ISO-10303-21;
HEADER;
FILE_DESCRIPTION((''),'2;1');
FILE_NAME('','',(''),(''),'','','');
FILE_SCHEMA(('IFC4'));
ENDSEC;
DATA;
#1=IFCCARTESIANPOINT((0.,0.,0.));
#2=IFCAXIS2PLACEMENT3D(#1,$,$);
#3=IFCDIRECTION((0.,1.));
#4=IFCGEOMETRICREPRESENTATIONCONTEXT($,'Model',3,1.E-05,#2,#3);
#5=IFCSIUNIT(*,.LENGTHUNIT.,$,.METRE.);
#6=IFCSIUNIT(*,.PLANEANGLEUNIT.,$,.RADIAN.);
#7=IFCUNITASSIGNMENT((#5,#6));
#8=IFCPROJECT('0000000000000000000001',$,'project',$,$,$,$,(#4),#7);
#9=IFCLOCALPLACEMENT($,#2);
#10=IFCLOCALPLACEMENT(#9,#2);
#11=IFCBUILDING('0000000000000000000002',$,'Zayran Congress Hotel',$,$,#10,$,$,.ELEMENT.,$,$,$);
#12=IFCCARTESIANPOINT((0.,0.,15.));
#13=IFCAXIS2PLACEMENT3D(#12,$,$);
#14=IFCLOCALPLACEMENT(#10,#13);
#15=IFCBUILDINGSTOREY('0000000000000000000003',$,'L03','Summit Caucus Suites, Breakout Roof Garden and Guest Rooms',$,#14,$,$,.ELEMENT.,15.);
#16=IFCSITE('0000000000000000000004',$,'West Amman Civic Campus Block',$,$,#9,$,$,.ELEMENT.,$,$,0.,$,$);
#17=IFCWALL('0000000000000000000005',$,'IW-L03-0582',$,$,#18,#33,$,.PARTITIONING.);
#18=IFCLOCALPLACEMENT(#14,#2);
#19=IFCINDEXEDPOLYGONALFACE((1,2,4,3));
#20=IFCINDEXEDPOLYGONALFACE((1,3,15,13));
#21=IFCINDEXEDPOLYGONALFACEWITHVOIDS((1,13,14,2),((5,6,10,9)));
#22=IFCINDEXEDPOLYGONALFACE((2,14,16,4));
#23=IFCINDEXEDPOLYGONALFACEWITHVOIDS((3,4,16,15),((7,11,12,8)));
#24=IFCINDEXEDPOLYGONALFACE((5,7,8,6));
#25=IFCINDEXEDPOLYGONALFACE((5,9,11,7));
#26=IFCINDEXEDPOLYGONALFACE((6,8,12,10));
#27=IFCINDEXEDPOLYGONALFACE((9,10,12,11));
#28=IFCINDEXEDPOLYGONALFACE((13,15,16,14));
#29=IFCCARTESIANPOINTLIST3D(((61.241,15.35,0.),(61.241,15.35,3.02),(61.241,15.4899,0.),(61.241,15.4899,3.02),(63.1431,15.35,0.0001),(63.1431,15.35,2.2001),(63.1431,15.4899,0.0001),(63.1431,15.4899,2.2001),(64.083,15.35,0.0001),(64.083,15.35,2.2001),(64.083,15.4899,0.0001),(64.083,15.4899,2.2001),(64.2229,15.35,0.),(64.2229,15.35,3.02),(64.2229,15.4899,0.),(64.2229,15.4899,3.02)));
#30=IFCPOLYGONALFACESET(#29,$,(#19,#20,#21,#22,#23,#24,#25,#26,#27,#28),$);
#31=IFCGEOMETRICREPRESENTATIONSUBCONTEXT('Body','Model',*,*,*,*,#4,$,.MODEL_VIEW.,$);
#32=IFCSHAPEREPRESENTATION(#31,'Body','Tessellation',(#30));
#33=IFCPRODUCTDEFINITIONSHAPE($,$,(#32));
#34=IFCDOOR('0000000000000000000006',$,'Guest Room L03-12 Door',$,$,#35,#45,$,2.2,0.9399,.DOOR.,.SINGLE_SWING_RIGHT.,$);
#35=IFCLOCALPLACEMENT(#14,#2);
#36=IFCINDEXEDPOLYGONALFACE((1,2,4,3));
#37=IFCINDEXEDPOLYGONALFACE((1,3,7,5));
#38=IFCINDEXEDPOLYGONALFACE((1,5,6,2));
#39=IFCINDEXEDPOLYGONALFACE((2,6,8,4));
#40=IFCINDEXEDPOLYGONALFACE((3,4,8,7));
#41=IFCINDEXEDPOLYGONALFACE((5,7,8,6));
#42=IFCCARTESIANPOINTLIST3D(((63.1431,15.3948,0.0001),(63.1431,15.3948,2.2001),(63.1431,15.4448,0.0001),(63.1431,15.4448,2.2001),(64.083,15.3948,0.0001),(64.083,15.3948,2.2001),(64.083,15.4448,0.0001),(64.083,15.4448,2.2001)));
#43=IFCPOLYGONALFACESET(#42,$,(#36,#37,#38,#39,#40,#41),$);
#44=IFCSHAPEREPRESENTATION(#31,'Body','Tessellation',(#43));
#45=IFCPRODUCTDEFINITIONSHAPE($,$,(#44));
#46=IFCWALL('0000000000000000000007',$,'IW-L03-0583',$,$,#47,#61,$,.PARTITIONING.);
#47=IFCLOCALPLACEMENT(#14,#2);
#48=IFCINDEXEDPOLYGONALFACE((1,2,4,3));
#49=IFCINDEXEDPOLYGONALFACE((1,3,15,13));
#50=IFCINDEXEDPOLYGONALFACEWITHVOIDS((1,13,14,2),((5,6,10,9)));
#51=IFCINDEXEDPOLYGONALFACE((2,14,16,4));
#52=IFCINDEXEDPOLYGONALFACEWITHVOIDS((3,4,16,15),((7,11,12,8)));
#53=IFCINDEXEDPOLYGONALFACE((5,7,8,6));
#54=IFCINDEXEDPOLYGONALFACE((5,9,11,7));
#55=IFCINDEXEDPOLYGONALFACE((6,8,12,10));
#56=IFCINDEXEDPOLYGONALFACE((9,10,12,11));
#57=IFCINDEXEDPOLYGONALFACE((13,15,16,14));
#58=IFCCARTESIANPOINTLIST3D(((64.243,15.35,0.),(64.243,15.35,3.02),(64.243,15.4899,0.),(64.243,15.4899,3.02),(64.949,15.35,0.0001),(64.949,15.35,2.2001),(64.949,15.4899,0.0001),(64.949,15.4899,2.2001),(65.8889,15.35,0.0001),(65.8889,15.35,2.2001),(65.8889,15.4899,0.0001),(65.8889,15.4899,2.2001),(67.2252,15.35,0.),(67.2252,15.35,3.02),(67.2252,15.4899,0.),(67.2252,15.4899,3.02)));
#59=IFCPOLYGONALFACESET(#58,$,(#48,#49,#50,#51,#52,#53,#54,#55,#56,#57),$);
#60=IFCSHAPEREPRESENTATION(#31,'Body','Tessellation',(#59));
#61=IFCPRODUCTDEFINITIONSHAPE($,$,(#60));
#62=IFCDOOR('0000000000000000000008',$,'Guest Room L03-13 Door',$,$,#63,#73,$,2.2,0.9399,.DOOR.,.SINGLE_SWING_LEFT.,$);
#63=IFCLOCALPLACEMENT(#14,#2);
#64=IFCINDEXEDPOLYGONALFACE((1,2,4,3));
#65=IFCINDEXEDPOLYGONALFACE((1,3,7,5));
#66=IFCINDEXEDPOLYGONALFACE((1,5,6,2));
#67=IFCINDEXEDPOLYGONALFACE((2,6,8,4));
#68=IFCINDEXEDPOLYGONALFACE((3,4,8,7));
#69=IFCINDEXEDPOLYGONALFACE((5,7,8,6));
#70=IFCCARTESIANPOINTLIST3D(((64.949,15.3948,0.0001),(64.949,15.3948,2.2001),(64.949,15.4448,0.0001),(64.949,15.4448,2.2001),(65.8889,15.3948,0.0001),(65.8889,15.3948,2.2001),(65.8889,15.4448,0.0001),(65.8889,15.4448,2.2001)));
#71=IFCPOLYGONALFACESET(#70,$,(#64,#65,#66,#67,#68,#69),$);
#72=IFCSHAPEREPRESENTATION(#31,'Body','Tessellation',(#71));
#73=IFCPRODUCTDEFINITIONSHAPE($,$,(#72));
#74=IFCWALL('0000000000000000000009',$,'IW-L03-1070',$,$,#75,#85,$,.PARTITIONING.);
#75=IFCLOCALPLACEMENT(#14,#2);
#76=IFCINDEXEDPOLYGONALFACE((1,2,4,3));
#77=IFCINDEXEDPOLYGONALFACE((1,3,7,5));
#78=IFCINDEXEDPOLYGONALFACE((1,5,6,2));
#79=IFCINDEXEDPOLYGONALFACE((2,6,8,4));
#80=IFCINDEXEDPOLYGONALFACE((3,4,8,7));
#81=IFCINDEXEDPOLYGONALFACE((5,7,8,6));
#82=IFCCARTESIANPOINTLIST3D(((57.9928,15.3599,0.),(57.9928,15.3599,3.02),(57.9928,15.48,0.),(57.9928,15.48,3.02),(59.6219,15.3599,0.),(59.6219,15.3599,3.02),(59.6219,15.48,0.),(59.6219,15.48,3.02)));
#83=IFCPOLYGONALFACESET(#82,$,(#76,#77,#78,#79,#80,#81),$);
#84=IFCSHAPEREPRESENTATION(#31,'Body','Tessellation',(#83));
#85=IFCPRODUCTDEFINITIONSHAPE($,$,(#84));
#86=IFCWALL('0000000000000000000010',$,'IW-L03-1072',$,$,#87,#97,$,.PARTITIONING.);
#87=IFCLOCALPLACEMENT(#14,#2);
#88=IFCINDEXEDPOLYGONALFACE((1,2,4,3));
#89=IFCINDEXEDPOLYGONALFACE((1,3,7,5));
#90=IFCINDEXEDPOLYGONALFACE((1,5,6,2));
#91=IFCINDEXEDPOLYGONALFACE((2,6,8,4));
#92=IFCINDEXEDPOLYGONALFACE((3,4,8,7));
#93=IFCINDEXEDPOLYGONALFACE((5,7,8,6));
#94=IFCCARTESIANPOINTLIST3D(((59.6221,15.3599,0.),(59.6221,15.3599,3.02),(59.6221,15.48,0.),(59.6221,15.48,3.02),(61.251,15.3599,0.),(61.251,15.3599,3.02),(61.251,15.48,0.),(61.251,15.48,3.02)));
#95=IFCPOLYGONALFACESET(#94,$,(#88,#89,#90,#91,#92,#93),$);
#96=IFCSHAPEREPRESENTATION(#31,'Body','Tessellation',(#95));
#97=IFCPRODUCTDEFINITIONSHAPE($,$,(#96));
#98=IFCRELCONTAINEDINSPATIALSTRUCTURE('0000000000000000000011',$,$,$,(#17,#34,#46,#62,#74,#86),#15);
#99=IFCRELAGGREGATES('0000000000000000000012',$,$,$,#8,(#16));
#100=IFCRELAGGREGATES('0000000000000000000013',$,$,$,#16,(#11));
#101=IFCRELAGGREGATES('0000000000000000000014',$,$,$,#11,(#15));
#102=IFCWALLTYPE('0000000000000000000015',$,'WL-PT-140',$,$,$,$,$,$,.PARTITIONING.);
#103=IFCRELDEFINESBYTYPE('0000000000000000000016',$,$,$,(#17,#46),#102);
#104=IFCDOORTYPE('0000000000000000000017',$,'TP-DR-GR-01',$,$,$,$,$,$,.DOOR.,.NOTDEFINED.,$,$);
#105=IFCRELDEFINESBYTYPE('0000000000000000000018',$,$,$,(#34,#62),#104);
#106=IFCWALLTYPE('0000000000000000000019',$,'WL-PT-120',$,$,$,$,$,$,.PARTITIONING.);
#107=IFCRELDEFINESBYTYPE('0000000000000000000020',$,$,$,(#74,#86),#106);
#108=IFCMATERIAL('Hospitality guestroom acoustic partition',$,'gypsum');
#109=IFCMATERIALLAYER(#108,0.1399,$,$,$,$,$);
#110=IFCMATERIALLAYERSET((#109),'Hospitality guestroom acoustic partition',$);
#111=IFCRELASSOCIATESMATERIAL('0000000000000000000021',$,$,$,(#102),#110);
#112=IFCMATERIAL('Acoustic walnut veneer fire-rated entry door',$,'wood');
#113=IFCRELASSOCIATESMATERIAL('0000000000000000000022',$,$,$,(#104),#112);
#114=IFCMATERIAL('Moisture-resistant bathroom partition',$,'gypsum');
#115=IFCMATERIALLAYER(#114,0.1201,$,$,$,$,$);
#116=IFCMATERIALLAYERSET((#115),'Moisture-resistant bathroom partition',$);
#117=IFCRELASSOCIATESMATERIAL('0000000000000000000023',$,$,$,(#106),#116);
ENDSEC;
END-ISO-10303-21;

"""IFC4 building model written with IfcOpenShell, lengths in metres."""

from ifc_helpers import new_model, si_unit, direction, frame, frame_2d, origin, place, context, subcontext, project, spatial, rectangle, extrude, material, layer, layer_set, type_object, element, fill, save


model = new_model("IFC4")

# Units and contexts
model_context = context("Model", 3, precision=1e-05, world=origin(), true_north=direction((0.0, 1.0)))
body_context = subcontext(model_context, "Body", "Model", "MODEL_VIEW")
ifc_project = project(units=[si_unit("LENGTHUNIT", "METRE"), si_unit("PLANEANGLEUNIT", "RADIAN")], contexts=[model_context])

# Site, building, storey
site_placement = place(None, origin())
site = spatial("IfcSite", under=ifc_project, at=site_placement, Name="West Amman Civic Campus Block", CompositionType="ELEMENT", RefElevation=0.0)
building_placement = place(site_placement, origin())
building = spatial("IfcBuilding", under=site, at=building_placement, Name="Zayran Congress Hotel", CompositionType="ELEMENT")
storey_placement = place(building_placement, frame((0.0, 0.0, 15.0)))
storey = spatial("IfcBuildingStorey", under=building, at=storey_placement, Name="L03", Description="Summit Caucus Suites, Breakout Roof Garden and Guest Rooms", CompositionType="ELEMENT", Elevation=15.0)

# Shared definitions
ifc_material_1 = material(Name="Hospitality guestroom acoustic partition", Category="gypsum")
ifc_layer_1 = layer(ifc_material_1, 0.1399)
ifc_layer_set_1 = layer_set([ifc_layer_1], Name="Hospitality guestroom acoustic partition")
wall_type_1 = type_object("IfcWallType", Name="WL-PT-140", PredefinedType="PARTITIONING", material=ifc_layer_set_1)

# Walls, openings, doors
wall_1_placement = place(storey_placement, frame((61.241, 15.4199, 0.0), z_axis=(0.0, 0.0, 1.0), x_axis=(1.0, 0.0, 0.0)))
wall_1 = element("IfcWall", 1, at=wall_1_placement, inside=storey, type_object=wall_type_1, Name="IW-L03-0582", PredefinedType="PARTITIONING", context=body_context, shape_type="SweptSolid", body=[
    extrude(rectangle(XDim=2.9819, YDim=0.1399, at=frame_2d((1.491, 0.0))), origin(), (0.0, 0.0, 1.0), 3.02),
])
opening_1_placement = place(wall_1_placement, frame((1.9021, 0.0, 0.0)))
opening_1 = element("IfcOpeningElement", 2, at=opening_1_placement, cuts=wall_1, PredefinedType="OPENING", context=body_context, shape_type="SweptSolid", body=[
    extrude(rectangle(XDim=0.9399, YDim=2.2, at=frame_2d((0.47, 1.1001))), frame((0.0, 0.0798, 0.0), z_axis=(0.0, -1.0, 0.0), x_axis=(1.0, 0.0, 0.0)), (0.0, 0.0, 1.0), 0.1599),
])
ifc_material_2 = material(Name="Acoustic walnut veneer fire-rated entry door", Category="wood")
door_type_1 = type_object("IfcDoorType", Name="TP-DR-GR-01", OperationType="NOTDEFINED", PredefinedType="DOOR", material=ifc_material_2)
door_1_placement = place(opening_1_placement, origin())
door_1 = element("IfcDoor", 3, at=door_1_placement, inside=storey, type_object=door_type_1, Name="Guest Room L03-12 Door", OperationType="SINGLE_SWING_RIGHT", OverallHeight=2.2, OverallWidth=0.9399, PredefinedType="DOOR", context=body_context, shape_type="SweptSolid", body=[
    extrude(rectangle(XDim=0.9399, YDim=2.2, at=frame_2d((0.47, 1.1001))), frame((0.0, 0.0249, 0.0), z_axis=(0.0, -1.0, 0.0), x_axis=(1.0, 0.0, 0.0)), (0.0, 0.0, 1.0), 0.05),
])
fill(opening_1, door_1)
wall_2_placement = place(storey_placement, frame((64.2429, 15.4199, 0.0), z_axis=(0.0, 0.0, 1.0), x_axis=(1.0, 0.0, 0.0)))
wall_2 = element("IfcWall", 4, at=wall_2_placement, inside=storey, type_object=wall_type_1, Name="IW-L03-0583", PredefinedType="PARTITIONING", context=body_context, shape_type="SweptSolid", body=[
    extrude(rectangle(XDim=2.9822, YDim=0.1399, at=frame_2d((1.4912, 0.0))), origin(), (0.0, 0.0, 1.0), 3.02),
])
opening_2_placement = place(wall_2_placement, frame((0.7061, 0.0, 0.0)))
opening_2 = element("IfcOpeningElement", 5, at=opening_2_placement, cuts=wall_2, PredefinedType="OPENING", context=body_context, shape_type="SweptSolid", body=[
    extrude(rectangle(XDim=0.9399, YDim=2.2, at=frame_2d((0.47, 1.1001))), frame((0.0, 0.0798, 0.0), z_axis=(0.0, -1.0, 0.0), x_axis=(1.0, 0.0, 0.0)), (0.0, 0.0, 1.0), 0.1599),
])
door_2_placement = place(opening_2_placement, origin())
door_2 = element("IfcDoor", 6, at=door_2_placement, inside=storey, type_object=door_type_1, Name="Guest Room L03-13 Door", OperationType="SINGLE_SWING_LEFT", OverallHeight=2.2, OverallWidth=0.9399, PredefinedType="DOOR", context=body_context, shape_type="SweptSolid", body=[
    extrude(rectangle(XDim=0.9399, YDim=2.2, at=frame_2d((0.47, 1.1001))), frame((0.0, 0.0249, 0.0), z_axis=(0.0, -1.0, 0.0), x_axis=(1.0, 0.0, 0.0)), (0.0, 0.0, 1.0), 0.05),
])
fill(opening_2, door_2)

# Walls
ifc_material_3 = material(Name="Moisture-resistant bathroom partition", Category="gypsum")
ifc_layer_2 = layer(ifc_material_3, 0.1201)
ifc_layer_set_2 = layer_set([ifc_layer_2], Name="Moisture-resistant bathroom partition")
wall_type_2 = type_object("IfcWallType", Name="WL-PT-120", PredefinedType="PARTITIONING", material=ifc_layer_set_2)
wall_3_placement = place(storey_placement, frame((57.9929, 15.4199, 0.0), z_axis=(0.0, 0.0, 1.0), x_axis=(1.0, 0.0, 0.0)))
element("IfcWall", 7, at=wall_3_placement, inside=storey, type_object=wall_type_2, Name="IW-L03-1070", PredefinedType="PARTITIONING", context=body_context, shape_type="SweptSolid", body=[
    extrude(rectangle(XDim=1.6292, YDim=0.1201, at=frame_2d((0.8145, 0.0))), origin(), (0.0, 0.0, 1.0), 3.02),
])
wall_4_placement = place(storey_placement, frame((59.6221, 15.4199, 0.0), z_axis=(0.0, 0.0, 1.0), x_axis=(1.0, 0.0, 0.0)))
element("IfcWall", 8, at=wall_4_placement, inside=storey, type_object=wall_type_2, Name="IW-L03-1072", PredefinedType="PARTITIONING", context=body_context, shape_type="SweptSolid", body=[
    extrude(rectangle(XDim=1.6289, YDim=0.1201, at=frame_2d((0.8145, 0.0))), origin(), (0.0, 0.0, 1.0), 3.02),
])

save(model, "model.ifc")
